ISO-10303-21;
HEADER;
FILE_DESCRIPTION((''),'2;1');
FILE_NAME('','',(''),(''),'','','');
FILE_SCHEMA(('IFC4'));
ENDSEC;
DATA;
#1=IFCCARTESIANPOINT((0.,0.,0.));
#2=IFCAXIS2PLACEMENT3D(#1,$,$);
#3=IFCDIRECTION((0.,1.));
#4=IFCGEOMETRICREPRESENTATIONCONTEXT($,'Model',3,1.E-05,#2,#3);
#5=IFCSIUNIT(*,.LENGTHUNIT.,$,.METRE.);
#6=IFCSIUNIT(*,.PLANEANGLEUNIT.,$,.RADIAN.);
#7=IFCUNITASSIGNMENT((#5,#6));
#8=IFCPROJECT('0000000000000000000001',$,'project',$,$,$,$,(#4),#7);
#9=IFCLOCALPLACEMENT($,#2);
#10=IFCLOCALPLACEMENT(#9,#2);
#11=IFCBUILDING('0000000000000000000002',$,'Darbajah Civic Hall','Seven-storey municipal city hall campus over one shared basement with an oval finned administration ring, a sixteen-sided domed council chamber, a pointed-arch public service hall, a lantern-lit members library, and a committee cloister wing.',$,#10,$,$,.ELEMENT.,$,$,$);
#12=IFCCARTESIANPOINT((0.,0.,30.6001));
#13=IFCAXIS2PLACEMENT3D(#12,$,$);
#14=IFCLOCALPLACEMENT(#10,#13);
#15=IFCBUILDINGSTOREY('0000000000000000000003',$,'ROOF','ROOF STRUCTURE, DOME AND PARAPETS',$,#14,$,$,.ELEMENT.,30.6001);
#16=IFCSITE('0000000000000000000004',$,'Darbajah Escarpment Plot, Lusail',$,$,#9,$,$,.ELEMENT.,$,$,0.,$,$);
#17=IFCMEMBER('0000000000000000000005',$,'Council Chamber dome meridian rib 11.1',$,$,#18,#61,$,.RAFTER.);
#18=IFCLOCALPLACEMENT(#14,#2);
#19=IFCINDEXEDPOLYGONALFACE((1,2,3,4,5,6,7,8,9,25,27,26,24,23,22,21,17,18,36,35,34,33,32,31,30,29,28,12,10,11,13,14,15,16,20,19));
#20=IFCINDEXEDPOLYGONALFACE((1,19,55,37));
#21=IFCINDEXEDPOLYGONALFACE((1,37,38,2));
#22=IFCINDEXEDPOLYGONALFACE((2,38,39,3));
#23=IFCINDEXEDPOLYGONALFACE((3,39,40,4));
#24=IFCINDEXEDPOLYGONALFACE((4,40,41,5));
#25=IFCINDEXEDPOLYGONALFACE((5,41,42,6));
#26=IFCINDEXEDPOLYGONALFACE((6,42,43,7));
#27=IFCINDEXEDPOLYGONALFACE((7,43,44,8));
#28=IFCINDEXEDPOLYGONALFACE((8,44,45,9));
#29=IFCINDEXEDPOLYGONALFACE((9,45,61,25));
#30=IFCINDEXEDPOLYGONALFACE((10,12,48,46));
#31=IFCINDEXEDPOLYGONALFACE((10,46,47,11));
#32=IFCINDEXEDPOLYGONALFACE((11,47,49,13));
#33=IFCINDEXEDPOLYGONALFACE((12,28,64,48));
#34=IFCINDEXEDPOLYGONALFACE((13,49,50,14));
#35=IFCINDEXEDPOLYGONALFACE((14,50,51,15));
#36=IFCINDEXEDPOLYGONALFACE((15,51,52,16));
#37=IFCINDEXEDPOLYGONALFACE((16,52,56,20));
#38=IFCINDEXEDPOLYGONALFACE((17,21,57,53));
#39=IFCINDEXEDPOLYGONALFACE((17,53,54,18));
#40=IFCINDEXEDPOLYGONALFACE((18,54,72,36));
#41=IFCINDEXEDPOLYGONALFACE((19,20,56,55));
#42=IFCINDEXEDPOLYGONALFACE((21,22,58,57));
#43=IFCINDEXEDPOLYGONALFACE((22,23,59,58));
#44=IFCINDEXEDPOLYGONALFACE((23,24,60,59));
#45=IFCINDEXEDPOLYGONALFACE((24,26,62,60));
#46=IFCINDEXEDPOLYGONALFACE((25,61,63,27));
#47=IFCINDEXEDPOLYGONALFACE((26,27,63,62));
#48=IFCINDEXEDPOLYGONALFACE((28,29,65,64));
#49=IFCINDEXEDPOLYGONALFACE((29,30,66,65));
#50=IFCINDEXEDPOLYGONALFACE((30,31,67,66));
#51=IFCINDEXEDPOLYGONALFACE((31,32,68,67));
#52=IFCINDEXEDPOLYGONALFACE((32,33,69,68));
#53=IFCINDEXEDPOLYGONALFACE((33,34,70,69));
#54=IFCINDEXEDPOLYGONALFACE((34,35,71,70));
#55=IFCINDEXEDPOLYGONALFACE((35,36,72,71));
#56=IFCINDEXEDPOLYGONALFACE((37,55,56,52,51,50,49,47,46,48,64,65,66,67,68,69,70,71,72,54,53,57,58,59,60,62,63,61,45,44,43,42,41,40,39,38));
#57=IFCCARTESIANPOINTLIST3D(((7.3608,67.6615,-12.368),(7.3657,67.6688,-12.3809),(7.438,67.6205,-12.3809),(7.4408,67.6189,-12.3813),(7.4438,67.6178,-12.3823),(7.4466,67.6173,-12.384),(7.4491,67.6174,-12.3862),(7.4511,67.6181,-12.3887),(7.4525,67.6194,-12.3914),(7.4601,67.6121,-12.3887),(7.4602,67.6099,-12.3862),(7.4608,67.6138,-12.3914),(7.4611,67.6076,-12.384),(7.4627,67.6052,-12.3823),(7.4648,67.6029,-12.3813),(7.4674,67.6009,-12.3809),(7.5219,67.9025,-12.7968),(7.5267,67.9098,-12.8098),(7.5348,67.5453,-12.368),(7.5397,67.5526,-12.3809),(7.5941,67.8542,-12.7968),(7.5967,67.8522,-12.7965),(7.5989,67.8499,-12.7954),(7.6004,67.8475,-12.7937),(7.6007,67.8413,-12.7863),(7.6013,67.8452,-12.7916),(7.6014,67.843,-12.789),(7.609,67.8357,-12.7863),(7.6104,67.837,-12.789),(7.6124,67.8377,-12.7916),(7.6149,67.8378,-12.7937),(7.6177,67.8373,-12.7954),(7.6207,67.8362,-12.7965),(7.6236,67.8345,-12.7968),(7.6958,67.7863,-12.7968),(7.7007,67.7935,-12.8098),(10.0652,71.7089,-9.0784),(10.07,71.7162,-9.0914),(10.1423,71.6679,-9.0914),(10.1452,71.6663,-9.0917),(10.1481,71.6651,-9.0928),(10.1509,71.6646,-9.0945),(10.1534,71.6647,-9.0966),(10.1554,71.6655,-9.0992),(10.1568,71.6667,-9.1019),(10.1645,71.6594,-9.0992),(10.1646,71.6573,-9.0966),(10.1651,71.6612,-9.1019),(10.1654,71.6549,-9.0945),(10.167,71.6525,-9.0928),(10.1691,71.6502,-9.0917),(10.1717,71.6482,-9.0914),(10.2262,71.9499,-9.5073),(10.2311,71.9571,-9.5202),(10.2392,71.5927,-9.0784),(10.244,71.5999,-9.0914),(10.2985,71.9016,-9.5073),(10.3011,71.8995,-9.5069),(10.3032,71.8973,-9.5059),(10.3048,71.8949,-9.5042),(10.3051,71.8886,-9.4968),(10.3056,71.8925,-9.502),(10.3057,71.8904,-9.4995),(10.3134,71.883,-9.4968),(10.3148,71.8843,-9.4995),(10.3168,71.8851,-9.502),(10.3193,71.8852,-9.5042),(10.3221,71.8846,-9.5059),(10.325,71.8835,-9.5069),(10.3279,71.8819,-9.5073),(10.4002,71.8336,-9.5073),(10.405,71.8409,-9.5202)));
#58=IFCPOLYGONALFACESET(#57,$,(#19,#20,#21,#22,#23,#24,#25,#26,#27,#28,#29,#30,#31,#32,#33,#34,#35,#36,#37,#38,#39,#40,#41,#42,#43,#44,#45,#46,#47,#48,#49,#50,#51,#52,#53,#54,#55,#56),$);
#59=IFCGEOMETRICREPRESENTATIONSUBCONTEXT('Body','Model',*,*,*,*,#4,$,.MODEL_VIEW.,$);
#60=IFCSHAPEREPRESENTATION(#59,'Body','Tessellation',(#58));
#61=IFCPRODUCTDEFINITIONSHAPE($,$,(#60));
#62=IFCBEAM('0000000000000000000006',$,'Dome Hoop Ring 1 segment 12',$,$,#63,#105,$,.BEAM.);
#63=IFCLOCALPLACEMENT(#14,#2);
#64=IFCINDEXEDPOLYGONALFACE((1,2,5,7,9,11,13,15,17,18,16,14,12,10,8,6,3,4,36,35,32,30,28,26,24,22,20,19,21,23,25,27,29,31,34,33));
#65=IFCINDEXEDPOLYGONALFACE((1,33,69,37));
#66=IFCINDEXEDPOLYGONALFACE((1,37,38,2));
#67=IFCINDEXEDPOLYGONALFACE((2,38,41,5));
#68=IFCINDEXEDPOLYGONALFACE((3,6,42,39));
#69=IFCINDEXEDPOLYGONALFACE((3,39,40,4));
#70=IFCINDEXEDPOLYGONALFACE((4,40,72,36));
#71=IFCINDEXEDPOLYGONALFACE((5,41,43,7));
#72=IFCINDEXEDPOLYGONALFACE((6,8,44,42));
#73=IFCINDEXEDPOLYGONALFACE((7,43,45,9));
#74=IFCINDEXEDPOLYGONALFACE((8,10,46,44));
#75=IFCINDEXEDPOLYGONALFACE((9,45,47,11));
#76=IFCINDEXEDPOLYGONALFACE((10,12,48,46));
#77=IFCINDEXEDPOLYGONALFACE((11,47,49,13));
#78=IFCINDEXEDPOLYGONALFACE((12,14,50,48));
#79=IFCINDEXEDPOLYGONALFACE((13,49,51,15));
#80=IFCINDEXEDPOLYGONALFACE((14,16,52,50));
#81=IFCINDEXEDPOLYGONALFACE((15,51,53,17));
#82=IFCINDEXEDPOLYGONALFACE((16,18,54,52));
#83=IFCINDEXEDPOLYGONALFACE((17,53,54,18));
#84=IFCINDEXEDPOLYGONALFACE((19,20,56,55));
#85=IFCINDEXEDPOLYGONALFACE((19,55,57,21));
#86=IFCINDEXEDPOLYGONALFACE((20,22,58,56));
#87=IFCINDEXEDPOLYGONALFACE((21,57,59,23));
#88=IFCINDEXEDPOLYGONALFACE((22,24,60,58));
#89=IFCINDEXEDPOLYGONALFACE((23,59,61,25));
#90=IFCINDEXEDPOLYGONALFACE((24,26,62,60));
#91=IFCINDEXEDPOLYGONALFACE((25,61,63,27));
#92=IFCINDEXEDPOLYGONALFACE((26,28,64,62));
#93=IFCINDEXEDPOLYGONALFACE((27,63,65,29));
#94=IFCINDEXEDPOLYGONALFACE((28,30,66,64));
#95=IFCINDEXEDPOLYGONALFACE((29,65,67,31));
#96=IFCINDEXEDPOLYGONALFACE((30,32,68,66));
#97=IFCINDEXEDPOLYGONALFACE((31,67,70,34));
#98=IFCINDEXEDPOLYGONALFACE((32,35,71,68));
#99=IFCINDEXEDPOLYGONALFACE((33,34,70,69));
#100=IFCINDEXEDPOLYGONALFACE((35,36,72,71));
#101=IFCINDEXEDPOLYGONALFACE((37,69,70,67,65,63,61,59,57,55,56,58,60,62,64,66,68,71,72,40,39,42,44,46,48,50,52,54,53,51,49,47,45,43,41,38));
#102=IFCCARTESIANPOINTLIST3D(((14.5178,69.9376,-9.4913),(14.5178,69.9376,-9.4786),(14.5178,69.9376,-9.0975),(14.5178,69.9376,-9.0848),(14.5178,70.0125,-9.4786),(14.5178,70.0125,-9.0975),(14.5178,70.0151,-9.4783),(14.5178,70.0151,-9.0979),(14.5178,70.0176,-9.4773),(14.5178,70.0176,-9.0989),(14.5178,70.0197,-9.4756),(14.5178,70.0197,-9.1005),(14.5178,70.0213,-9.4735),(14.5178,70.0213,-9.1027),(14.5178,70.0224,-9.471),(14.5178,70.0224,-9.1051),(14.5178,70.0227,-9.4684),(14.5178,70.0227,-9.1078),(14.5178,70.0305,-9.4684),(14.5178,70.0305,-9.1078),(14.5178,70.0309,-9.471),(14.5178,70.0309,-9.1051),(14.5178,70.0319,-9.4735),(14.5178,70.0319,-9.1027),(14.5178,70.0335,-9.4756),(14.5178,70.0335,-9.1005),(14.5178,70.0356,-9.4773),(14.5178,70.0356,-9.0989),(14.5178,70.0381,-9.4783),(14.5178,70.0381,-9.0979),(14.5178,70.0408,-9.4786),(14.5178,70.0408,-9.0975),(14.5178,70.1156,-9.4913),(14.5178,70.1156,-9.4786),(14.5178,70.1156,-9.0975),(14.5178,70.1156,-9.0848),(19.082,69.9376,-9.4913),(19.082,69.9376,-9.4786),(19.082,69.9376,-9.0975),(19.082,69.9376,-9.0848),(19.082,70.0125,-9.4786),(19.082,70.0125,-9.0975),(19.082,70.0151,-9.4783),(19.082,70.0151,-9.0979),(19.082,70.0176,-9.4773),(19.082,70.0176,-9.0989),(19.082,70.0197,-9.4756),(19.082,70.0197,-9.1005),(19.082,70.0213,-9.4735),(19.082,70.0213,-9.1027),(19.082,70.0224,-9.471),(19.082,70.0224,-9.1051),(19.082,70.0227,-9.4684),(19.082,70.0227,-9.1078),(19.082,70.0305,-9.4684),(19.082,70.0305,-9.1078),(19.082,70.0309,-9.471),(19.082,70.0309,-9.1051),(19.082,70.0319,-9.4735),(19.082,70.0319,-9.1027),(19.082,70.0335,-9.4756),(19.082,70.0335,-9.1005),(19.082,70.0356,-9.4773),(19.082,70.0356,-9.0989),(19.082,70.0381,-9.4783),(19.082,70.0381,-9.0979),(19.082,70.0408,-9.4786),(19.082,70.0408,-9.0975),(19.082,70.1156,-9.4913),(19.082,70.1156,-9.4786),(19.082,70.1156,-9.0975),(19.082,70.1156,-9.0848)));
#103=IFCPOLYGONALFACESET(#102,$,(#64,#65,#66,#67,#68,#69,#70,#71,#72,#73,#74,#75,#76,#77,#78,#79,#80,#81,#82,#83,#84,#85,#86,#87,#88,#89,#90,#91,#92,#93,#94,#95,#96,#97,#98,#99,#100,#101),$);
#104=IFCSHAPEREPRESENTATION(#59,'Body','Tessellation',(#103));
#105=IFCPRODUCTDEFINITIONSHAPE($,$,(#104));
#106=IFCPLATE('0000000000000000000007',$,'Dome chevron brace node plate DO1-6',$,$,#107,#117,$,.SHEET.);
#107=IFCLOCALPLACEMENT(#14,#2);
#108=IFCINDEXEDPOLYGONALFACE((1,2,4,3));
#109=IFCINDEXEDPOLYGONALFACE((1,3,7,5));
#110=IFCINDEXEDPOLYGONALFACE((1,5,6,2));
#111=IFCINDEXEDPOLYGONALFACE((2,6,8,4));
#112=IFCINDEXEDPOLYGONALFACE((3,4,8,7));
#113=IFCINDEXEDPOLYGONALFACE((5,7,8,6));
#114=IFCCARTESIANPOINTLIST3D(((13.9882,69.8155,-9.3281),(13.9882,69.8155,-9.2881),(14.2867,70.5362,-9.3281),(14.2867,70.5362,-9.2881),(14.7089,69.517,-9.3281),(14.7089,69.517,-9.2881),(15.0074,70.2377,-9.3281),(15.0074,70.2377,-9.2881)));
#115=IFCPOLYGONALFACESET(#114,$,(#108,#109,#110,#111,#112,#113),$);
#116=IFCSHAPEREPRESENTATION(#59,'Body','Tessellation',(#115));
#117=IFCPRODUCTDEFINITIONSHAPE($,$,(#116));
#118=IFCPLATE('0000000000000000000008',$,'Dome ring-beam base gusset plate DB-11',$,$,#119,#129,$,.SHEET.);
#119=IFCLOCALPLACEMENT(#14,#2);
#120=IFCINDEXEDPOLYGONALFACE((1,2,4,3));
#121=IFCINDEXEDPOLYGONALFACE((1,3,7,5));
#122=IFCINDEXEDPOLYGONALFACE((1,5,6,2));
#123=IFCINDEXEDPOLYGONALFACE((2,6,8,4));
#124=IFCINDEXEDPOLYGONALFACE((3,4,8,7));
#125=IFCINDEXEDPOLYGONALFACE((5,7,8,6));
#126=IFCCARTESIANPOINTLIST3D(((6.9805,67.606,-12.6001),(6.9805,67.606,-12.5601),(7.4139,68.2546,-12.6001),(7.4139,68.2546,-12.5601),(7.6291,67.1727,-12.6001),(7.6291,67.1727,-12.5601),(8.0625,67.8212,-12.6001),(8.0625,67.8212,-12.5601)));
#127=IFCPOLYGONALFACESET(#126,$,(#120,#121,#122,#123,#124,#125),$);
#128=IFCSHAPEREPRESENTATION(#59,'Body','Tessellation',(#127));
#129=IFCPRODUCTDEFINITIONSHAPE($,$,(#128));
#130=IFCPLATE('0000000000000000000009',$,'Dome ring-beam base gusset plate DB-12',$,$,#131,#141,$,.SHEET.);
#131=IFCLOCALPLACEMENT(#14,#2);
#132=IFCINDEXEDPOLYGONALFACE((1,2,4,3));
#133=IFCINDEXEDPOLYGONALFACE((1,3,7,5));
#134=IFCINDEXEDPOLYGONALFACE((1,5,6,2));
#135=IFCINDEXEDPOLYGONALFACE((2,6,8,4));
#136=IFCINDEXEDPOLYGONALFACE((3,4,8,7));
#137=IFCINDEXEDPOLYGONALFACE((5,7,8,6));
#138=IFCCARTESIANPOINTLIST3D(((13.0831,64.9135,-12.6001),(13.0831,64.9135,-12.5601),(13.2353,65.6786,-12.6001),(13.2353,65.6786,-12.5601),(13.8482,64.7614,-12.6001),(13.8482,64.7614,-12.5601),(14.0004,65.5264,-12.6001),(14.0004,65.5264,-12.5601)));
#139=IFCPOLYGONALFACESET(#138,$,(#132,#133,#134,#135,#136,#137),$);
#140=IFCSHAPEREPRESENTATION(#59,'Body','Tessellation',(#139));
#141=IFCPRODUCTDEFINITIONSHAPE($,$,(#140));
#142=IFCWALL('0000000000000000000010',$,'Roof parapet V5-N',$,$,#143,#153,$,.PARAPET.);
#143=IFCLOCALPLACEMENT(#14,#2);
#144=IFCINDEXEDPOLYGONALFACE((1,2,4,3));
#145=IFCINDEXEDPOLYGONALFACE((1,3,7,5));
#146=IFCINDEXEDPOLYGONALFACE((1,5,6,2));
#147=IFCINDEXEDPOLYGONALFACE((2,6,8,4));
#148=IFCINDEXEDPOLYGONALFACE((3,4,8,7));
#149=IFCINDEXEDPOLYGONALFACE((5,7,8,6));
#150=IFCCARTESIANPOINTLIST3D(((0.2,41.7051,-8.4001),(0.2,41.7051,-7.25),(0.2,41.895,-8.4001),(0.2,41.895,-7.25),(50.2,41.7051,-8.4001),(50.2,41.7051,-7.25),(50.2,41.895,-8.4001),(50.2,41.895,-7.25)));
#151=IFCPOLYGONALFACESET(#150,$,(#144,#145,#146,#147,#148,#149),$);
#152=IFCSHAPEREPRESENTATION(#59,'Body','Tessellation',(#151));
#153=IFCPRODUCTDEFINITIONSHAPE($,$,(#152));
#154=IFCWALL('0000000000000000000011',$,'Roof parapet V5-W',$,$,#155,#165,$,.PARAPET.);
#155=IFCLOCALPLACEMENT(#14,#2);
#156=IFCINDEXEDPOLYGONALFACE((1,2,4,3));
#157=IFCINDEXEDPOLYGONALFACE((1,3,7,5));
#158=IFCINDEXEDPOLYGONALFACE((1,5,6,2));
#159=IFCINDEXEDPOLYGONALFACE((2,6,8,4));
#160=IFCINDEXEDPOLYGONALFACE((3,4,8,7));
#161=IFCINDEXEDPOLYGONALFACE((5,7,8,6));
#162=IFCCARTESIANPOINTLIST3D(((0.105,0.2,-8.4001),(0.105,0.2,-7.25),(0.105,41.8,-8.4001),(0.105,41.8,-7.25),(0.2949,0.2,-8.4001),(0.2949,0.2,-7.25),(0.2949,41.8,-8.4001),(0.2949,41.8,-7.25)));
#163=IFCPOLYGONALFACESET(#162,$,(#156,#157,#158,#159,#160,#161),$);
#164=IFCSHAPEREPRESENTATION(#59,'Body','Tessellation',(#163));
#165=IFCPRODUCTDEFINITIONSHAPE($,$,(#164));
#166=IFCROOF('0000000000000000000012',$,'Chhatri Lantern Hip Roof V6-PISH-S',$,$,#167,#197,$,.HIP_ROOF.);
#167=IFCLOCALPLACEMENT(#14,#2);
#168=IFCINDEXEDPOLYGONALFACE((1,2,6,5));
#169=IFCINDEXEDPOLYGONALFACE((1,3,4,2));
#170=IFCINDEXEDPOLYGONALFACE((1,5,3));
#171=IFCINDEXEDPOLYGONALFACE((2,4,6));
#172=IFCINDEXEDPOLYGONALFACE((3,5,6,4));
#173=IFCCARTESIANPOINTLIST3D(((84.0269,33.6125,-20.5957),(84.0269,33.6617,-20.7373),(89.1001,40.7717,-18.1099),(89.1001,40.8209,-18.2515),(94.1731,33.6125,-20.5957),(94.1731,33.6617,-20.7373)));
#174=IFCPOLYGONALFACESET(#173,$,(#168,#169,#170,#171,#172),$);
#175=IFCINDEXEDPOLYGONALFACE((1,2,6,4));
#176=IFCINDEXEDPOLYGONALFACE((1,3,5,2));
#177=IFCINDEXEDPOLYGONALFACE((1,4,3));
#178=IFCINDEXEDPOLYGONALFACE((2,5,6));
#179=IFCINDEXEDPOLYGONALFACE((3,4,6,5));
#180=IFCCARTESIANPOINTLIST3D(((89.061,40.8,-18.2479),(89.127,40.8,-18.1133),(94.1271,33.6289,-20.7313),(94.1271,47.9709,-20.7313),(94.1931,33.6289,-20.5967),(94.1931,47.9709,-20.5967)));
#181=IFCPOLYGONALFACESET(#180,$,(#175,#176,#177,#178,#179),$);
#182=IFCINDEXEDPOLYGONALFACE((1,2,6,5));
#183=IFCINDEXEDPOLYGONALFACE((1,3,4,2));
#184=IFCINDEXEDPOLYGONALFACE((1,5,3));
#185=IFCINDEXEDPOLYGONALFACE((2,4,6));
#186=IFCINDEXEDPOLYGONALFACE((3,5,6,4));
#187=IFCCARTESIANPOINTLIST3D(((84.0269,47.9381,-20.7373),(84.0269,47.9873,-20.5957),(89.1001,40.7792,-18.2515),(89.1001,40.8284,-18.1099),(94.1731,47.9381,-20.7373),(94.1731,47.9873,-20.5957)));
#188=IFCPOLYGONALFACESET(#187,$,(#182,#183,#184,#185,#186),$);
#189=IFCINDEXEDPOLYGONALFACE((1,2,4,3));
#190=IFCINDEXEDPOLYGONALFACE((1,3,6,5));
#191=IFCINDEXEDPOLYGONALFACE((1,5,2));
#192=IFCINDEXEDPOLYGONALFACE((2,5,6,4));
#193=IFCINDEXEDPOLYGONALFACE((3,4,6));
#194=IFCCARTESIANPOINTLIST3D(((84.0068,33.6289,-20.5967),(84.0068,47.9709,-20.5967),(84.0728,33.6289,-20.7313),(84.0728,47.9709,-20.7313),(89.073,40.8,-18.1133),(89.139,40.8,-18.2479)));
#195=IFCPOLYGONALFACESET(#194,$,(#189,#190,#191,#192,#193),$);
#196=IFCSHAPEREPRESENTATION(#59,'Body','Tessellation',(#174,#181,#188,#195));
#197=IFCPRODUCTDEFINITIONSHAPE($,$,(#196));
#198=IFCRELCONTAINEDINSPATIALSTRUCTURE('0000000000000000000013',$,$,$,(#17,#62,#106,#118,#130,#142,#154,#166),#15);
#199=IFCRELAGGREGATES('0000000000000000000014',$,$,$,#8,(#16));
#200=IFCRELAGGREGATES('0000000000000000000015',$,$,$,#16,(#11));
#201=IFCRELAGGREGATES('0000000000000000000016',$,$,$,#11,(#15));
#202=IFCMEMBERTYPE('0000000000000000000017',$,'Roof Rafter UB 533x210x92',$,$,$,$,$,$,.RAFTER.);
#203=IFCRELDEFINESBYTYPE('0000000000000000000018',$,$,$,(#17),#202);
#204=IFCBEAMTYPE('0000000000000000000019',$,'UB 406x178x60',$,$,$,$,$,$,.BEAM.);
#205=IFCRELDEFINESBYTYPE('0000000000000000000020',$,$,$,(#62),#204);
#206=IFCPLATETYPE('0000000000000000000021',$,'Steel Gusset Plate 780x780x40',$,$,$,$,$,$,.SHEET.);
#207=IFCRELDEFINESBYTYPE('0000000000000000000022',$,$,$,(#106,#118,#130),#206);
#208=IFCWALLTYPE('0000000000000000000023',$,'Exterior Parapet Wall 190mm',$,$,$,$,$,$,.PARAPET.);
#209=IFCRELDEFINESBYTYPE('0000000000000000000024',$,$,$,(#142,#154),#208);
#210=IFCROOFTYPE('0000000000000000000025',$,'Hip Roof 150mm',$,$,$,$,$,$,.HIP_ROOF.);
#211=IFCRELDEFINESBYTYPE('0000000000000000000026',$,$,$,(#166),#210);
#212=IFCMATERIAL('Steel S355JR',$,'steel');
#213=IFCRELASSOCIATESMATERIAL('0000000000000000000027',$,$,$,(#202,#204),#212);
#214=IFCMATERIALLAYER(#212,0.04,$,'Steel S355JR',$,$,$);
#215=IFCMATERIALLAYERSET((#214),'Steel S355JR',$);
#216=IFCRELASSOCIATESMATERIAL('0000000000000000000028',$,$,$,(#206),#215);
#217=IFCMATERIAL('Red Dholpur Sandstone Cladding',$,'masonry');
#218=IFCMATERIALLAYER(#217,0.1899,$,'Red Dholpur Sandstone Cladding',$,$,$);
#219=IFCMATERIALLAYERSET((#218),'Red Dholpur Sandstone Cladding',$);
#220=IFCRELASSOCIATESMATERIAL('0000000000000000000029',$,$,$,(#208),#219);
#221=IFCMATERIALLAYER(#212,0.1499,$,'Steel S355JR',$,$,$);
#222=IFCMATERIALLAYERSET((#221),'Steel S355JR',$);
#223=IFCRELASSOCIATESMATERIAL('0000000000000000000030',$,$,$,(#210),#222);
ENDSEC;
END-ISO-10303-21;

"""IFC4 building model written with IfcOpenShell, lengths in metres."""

from ifc_helpers import new_model, si_unit, direction, frame, frame_2d, origin, origin_2d, place, context, subcontext, project, spatial, polyline, rectangle, i_section, outline, extrude, material, layer, layer_set, material_profile, profile_set, type_object, element, save


model = new_model("IFC4")

# Units and contexts
model_context = context("Model", 3, precision=1e-05, world=origin(), true_north=direction((0.0, 1.0)))
body_context = subcontext(model_context, "Body", "Model", "MODEL_VIEW")
ifc_project = project(units=[si_unit("LENGTHUNIT", "METRE"), si_unit("PLANEANGLEUNIT", "RADIAN")], contexts=[model_context])

# Site, building, storey
site_placement = place(None, origin())
site = spatial("IfcSite", under=ifc_project, at=site_placement, Name="Darbajah Escarpment Plot, Lusail", CompositionType="ELEMENT", RefElevation=0.0)
building_placement = place(site_placement, origin())
building = spatial("IfcBuilding", under=site, at=building_placement, Name="Darbajah Civic Hall", Description="Seven-storey municipal city hall campus over one shared basement with an oval finned administration ring, a sixteen-sided domed council chamber, a pointed-arch public service hall, a lantern-lit members library, and a committee cloister wing.", CompositionType="ELEMENT")
storey_placement = place(building_placement, frame((0.0, 0.0, 30.6001)))
storey = spatial("IfcBuildingStorey", under=building, at=storey_placement, Name="ROOF", Description="ROOF STRUCTURE, DOME AND PARAPETS", CompositionType="ELEMENT", Elevation=30.6001)

# Member
ifc_material_1 = material(Name="Steel S355JR", Category="steel")
ifc_material_profile_1 = material_profile(ifc_material_1, i_section(OverallWidth=0.2092, OverallDepth=0.5332, WebThickness=0.01, FlangeThickness=0.0156, FilletRadius=0.0127, at=origin_2d()), Name="UB 533x210x92")
ifc_profile_set_1 = profile_set([ifc_material_profile_1], Name="Steel S355JR")
member_type_1 = type_object("IfcMemberType", Name="Roof Rafter UB 533x210x92", PredefinedType="RAFTER", material=ifc_profile_set_1)
member_1_placement = place(storey_placement, frame((7.5308, 67.7275, -12.5889), z_axis=(0.460313, 0.688911, 0.559922), x_axis=(-0.831471, 0.555568, 0.0)))
element("IfcMember", 1, at=member_1_placement, inside=storey, type_object=member_type_1, Name="Council Chamber dome meridian rib 11.1", PredefinedType="RAFTER", context=body_context, shape_type="SweptSolid", body=[
    extrude(i_section(OverallWidth=0.2092, OverallDepth=0.5332, WebThickness=0.01, FlangeThickness=0.0156, FilletRadius=0.0127, at=origin_2d()), origin(), (0.0, 0.0, 1.0), 5.875),
])

# Beam
ifc_material_profile_2 = material_profile(ifc_material_1, i_section(OverallWidth=0.178, OverallDepth=0.4065, WebThickness=0.0078, FlangeThickness=0.0127, FilletRadius=0.0103, at=origin_2d()), Name="UB 406x178x60")
ifc_profile_set_2 = profile_set([ifc_material_profile_2], Name="Steel S355JR")
beam_type = type_object("IfcBeamType", Name="UB 406x178x60", PredefinedType="BEAM", material=ifc_profile_set_2)
beam_placement = place(storey_placement, frame((14.5178, 70.0266, -9.2881), z_axis=(1.0, 0.0, 0.0), x_axis=(0.0, 1.0, 0.0)))
element("IfcBeam", 2, at=beam_placement, inside=storey, type_object=beam_type, Name="Dome Hoop Ring 1 segment 12", PredefinedType="BEAM", context=body_context, shape_type="SweptSolid", body=[
    extrude(i_section(OverallWidth=0.178, OverallDepth=0.4065, WebThickness=0.0078, FlangeThickness=0.0127, FilletRadius=0.0103, at=origin_2d()), origin(), (0.0, 0.0, 1.0), 4.5642),
])

# Plates
ifc_layer_1 = layer(ifc_material_1, 0.04, Name="Steel S355JR")
ifc_layer_set_1 = layer_set([ifc_layer_1], Name="Steel S355JR")
plate_type = type_object("IfcPlateType", Name="Steel Gusset Plate 780x780x40", PredefinedType="SHEET", material=ifc_layer_set_1)
for number, where, z_axis, x_axis, name in (
    (3, (14.4978, 70.0266, -9.3281), (0.0, 0.0, 1.0), (-0.382683, -0.92388, 0.0), "Dome chevron brace node plate DO1-6"),
    (4, (7.5215, 67.7136, -12.6001), (0.0, 0.0, 1.0), (-0.55557, -0.83147, 0.0), "Dome ring-beam base gusset plate DB-11"),
    (5, (13.5417, 65.22, -12.6001), (0.0, 0.0, 1.0), (-0.19509, -0.980785, 0.0), "Dome ring-beam base gusset plate DB-12"),
):
    element("IfcPlate", number, at=place(storey_placement, frame(where, z_axis=z_axis, x_axis=x_axis)), inside=storey, type_object=plate_type, Name=name, PredefinedType="SHEET", context=body_context, shape_type="SweptSolid", body=[
        extrude(rectangle(XDim=0.78, YDim=0.78, at=origin_2d()), origin(), (0.0, 0.0, 1.0), 0.04),
    ])

# Walls
ifc_material_2 = material(Name="Red Dholpur Sandstone Cladding", Category="masonry")
ifc_layer_2 = layer(ifc_material_2, 0.1899, Name="Red Dholpur Sandstone Cladding")
ifc_layer_set_2 = layer_set([ifc_layer_2], Name="Red Dholpur Sandstone Cladding")
wall_type = type_object("IfcWallType", Name="Exterior Parapet Wall 190mm", PredefinedType="PARAPET", material=ifc_layer_set_2)
wall_1_placement = place(storey_placement, frame((0.2, 41.8, -8.4001), z_axis=(0.0, 0.0, 1.0), x_axis=(1.0, 0.0, 0.0)))
element("IfcWall", 6, at=wall_1_placement, inside=storey, type_object=wall_type, Name="Roof parapet V5-N", PredefinedType="PARAPET", context=body_context, shape_type="SweptSolid", body=[
    extrude(rectangle(XDim=50.0, YDim=0.1899, at=frame_2d((25.0, 0.0))), origin(), (0.0, 0.0, 1.0), 1.1501),
])
wall_2_placement = place(storey_placement, frame((0.2, 0.2, -8.4001), z_axis=(0.0, 0.0, 1.0), x_axis=(0.0, 1.0, 0.0)))
element("IfcWall", 7, at=wall_2_placement, inside=storey, type_object=wall_type, Name="Roof parapet V5-W", PredefinedType="PARAPET", context=body_context, shape_type="SweptSolid", body=[
    extrude(rectangle(XDim=41.6001, YDim=0.1899, at=frame_2d((20.8, 0.0))), origin(), (0.0, 0.0, 1.0), 1.1501),
])

# Roof
ifc_layer_3 = layer(ifc_material_1, 0.1499, Name="Steel S355JR")
ifc_layer_set_3 = layer_set([ifc_layer_3], Name="Steel S355JR")
roof_type = type_object("IfcRoofType", Name="Hip Roof 150mm", PredefinedType="HIP_ROOF", material=ifc_layer_set_3)
roof_placement = place(storey_placement, origin())
element("IfcRoof", 8, at=roof_placement, inside=storey, type_object=roof_type, Name="Chhatri Lantern Hip Roof V6-PISH-S", PredefinedType="HIP_ROOF", context=body_context, shape_type="SweptSolid", body=[
    extrude(outline(polyline([(0.0, 0.0), (10.1462, 0.0), (5.0732, 7.5785), (0.0, 0.0)])), frame((84.0269, 33.6125, -20.5957), z_axis=(0.0, -0.328013, 0.944673), x_axis=(1.0, 0.0, 0.0)), (0.0, 0.0, -1.0), 0.1499),
    extrude(outline(polyline([(0.0, 0.0), (14.342, 0.0), (7.1711, 5.6421), (0.0, 0.0)])), frame((94.1931, 33.6289, -20.5967), z_axis=(0.440155, 0.0, 0.897922), x_axis=(0.0, 1.0, 0.0)), (0.0, 0.0, -1.0), 0.1499),
    extrude(outline(polyline([(0.0, 0.0), (10.1462, 0.0), (5.073, 7.5782), (0.0, 0.0)])), frame((94.1731, 47.9873, -20.5957), z_axis=(0.0, 0.328023, 0.94467), x_axis=(-1.0, 0.0, 0.0)), (0.0, 0.0, -1.0), 0.1499),
    extrude(outline(polyline([(0.0, 0.0), (14.342, 0.0), (7.1709, 5.6421), (0.0, 0.0)])), frame((84.0068, 47.9709, -20.5967), z_axis=(-0.440155, 0.0, 0.897922), x_axis=(0.0, -1.0, 0.0)), (0.0, 0.0, -1.0), 0.1499),
])

save(model, "model.ifc")
